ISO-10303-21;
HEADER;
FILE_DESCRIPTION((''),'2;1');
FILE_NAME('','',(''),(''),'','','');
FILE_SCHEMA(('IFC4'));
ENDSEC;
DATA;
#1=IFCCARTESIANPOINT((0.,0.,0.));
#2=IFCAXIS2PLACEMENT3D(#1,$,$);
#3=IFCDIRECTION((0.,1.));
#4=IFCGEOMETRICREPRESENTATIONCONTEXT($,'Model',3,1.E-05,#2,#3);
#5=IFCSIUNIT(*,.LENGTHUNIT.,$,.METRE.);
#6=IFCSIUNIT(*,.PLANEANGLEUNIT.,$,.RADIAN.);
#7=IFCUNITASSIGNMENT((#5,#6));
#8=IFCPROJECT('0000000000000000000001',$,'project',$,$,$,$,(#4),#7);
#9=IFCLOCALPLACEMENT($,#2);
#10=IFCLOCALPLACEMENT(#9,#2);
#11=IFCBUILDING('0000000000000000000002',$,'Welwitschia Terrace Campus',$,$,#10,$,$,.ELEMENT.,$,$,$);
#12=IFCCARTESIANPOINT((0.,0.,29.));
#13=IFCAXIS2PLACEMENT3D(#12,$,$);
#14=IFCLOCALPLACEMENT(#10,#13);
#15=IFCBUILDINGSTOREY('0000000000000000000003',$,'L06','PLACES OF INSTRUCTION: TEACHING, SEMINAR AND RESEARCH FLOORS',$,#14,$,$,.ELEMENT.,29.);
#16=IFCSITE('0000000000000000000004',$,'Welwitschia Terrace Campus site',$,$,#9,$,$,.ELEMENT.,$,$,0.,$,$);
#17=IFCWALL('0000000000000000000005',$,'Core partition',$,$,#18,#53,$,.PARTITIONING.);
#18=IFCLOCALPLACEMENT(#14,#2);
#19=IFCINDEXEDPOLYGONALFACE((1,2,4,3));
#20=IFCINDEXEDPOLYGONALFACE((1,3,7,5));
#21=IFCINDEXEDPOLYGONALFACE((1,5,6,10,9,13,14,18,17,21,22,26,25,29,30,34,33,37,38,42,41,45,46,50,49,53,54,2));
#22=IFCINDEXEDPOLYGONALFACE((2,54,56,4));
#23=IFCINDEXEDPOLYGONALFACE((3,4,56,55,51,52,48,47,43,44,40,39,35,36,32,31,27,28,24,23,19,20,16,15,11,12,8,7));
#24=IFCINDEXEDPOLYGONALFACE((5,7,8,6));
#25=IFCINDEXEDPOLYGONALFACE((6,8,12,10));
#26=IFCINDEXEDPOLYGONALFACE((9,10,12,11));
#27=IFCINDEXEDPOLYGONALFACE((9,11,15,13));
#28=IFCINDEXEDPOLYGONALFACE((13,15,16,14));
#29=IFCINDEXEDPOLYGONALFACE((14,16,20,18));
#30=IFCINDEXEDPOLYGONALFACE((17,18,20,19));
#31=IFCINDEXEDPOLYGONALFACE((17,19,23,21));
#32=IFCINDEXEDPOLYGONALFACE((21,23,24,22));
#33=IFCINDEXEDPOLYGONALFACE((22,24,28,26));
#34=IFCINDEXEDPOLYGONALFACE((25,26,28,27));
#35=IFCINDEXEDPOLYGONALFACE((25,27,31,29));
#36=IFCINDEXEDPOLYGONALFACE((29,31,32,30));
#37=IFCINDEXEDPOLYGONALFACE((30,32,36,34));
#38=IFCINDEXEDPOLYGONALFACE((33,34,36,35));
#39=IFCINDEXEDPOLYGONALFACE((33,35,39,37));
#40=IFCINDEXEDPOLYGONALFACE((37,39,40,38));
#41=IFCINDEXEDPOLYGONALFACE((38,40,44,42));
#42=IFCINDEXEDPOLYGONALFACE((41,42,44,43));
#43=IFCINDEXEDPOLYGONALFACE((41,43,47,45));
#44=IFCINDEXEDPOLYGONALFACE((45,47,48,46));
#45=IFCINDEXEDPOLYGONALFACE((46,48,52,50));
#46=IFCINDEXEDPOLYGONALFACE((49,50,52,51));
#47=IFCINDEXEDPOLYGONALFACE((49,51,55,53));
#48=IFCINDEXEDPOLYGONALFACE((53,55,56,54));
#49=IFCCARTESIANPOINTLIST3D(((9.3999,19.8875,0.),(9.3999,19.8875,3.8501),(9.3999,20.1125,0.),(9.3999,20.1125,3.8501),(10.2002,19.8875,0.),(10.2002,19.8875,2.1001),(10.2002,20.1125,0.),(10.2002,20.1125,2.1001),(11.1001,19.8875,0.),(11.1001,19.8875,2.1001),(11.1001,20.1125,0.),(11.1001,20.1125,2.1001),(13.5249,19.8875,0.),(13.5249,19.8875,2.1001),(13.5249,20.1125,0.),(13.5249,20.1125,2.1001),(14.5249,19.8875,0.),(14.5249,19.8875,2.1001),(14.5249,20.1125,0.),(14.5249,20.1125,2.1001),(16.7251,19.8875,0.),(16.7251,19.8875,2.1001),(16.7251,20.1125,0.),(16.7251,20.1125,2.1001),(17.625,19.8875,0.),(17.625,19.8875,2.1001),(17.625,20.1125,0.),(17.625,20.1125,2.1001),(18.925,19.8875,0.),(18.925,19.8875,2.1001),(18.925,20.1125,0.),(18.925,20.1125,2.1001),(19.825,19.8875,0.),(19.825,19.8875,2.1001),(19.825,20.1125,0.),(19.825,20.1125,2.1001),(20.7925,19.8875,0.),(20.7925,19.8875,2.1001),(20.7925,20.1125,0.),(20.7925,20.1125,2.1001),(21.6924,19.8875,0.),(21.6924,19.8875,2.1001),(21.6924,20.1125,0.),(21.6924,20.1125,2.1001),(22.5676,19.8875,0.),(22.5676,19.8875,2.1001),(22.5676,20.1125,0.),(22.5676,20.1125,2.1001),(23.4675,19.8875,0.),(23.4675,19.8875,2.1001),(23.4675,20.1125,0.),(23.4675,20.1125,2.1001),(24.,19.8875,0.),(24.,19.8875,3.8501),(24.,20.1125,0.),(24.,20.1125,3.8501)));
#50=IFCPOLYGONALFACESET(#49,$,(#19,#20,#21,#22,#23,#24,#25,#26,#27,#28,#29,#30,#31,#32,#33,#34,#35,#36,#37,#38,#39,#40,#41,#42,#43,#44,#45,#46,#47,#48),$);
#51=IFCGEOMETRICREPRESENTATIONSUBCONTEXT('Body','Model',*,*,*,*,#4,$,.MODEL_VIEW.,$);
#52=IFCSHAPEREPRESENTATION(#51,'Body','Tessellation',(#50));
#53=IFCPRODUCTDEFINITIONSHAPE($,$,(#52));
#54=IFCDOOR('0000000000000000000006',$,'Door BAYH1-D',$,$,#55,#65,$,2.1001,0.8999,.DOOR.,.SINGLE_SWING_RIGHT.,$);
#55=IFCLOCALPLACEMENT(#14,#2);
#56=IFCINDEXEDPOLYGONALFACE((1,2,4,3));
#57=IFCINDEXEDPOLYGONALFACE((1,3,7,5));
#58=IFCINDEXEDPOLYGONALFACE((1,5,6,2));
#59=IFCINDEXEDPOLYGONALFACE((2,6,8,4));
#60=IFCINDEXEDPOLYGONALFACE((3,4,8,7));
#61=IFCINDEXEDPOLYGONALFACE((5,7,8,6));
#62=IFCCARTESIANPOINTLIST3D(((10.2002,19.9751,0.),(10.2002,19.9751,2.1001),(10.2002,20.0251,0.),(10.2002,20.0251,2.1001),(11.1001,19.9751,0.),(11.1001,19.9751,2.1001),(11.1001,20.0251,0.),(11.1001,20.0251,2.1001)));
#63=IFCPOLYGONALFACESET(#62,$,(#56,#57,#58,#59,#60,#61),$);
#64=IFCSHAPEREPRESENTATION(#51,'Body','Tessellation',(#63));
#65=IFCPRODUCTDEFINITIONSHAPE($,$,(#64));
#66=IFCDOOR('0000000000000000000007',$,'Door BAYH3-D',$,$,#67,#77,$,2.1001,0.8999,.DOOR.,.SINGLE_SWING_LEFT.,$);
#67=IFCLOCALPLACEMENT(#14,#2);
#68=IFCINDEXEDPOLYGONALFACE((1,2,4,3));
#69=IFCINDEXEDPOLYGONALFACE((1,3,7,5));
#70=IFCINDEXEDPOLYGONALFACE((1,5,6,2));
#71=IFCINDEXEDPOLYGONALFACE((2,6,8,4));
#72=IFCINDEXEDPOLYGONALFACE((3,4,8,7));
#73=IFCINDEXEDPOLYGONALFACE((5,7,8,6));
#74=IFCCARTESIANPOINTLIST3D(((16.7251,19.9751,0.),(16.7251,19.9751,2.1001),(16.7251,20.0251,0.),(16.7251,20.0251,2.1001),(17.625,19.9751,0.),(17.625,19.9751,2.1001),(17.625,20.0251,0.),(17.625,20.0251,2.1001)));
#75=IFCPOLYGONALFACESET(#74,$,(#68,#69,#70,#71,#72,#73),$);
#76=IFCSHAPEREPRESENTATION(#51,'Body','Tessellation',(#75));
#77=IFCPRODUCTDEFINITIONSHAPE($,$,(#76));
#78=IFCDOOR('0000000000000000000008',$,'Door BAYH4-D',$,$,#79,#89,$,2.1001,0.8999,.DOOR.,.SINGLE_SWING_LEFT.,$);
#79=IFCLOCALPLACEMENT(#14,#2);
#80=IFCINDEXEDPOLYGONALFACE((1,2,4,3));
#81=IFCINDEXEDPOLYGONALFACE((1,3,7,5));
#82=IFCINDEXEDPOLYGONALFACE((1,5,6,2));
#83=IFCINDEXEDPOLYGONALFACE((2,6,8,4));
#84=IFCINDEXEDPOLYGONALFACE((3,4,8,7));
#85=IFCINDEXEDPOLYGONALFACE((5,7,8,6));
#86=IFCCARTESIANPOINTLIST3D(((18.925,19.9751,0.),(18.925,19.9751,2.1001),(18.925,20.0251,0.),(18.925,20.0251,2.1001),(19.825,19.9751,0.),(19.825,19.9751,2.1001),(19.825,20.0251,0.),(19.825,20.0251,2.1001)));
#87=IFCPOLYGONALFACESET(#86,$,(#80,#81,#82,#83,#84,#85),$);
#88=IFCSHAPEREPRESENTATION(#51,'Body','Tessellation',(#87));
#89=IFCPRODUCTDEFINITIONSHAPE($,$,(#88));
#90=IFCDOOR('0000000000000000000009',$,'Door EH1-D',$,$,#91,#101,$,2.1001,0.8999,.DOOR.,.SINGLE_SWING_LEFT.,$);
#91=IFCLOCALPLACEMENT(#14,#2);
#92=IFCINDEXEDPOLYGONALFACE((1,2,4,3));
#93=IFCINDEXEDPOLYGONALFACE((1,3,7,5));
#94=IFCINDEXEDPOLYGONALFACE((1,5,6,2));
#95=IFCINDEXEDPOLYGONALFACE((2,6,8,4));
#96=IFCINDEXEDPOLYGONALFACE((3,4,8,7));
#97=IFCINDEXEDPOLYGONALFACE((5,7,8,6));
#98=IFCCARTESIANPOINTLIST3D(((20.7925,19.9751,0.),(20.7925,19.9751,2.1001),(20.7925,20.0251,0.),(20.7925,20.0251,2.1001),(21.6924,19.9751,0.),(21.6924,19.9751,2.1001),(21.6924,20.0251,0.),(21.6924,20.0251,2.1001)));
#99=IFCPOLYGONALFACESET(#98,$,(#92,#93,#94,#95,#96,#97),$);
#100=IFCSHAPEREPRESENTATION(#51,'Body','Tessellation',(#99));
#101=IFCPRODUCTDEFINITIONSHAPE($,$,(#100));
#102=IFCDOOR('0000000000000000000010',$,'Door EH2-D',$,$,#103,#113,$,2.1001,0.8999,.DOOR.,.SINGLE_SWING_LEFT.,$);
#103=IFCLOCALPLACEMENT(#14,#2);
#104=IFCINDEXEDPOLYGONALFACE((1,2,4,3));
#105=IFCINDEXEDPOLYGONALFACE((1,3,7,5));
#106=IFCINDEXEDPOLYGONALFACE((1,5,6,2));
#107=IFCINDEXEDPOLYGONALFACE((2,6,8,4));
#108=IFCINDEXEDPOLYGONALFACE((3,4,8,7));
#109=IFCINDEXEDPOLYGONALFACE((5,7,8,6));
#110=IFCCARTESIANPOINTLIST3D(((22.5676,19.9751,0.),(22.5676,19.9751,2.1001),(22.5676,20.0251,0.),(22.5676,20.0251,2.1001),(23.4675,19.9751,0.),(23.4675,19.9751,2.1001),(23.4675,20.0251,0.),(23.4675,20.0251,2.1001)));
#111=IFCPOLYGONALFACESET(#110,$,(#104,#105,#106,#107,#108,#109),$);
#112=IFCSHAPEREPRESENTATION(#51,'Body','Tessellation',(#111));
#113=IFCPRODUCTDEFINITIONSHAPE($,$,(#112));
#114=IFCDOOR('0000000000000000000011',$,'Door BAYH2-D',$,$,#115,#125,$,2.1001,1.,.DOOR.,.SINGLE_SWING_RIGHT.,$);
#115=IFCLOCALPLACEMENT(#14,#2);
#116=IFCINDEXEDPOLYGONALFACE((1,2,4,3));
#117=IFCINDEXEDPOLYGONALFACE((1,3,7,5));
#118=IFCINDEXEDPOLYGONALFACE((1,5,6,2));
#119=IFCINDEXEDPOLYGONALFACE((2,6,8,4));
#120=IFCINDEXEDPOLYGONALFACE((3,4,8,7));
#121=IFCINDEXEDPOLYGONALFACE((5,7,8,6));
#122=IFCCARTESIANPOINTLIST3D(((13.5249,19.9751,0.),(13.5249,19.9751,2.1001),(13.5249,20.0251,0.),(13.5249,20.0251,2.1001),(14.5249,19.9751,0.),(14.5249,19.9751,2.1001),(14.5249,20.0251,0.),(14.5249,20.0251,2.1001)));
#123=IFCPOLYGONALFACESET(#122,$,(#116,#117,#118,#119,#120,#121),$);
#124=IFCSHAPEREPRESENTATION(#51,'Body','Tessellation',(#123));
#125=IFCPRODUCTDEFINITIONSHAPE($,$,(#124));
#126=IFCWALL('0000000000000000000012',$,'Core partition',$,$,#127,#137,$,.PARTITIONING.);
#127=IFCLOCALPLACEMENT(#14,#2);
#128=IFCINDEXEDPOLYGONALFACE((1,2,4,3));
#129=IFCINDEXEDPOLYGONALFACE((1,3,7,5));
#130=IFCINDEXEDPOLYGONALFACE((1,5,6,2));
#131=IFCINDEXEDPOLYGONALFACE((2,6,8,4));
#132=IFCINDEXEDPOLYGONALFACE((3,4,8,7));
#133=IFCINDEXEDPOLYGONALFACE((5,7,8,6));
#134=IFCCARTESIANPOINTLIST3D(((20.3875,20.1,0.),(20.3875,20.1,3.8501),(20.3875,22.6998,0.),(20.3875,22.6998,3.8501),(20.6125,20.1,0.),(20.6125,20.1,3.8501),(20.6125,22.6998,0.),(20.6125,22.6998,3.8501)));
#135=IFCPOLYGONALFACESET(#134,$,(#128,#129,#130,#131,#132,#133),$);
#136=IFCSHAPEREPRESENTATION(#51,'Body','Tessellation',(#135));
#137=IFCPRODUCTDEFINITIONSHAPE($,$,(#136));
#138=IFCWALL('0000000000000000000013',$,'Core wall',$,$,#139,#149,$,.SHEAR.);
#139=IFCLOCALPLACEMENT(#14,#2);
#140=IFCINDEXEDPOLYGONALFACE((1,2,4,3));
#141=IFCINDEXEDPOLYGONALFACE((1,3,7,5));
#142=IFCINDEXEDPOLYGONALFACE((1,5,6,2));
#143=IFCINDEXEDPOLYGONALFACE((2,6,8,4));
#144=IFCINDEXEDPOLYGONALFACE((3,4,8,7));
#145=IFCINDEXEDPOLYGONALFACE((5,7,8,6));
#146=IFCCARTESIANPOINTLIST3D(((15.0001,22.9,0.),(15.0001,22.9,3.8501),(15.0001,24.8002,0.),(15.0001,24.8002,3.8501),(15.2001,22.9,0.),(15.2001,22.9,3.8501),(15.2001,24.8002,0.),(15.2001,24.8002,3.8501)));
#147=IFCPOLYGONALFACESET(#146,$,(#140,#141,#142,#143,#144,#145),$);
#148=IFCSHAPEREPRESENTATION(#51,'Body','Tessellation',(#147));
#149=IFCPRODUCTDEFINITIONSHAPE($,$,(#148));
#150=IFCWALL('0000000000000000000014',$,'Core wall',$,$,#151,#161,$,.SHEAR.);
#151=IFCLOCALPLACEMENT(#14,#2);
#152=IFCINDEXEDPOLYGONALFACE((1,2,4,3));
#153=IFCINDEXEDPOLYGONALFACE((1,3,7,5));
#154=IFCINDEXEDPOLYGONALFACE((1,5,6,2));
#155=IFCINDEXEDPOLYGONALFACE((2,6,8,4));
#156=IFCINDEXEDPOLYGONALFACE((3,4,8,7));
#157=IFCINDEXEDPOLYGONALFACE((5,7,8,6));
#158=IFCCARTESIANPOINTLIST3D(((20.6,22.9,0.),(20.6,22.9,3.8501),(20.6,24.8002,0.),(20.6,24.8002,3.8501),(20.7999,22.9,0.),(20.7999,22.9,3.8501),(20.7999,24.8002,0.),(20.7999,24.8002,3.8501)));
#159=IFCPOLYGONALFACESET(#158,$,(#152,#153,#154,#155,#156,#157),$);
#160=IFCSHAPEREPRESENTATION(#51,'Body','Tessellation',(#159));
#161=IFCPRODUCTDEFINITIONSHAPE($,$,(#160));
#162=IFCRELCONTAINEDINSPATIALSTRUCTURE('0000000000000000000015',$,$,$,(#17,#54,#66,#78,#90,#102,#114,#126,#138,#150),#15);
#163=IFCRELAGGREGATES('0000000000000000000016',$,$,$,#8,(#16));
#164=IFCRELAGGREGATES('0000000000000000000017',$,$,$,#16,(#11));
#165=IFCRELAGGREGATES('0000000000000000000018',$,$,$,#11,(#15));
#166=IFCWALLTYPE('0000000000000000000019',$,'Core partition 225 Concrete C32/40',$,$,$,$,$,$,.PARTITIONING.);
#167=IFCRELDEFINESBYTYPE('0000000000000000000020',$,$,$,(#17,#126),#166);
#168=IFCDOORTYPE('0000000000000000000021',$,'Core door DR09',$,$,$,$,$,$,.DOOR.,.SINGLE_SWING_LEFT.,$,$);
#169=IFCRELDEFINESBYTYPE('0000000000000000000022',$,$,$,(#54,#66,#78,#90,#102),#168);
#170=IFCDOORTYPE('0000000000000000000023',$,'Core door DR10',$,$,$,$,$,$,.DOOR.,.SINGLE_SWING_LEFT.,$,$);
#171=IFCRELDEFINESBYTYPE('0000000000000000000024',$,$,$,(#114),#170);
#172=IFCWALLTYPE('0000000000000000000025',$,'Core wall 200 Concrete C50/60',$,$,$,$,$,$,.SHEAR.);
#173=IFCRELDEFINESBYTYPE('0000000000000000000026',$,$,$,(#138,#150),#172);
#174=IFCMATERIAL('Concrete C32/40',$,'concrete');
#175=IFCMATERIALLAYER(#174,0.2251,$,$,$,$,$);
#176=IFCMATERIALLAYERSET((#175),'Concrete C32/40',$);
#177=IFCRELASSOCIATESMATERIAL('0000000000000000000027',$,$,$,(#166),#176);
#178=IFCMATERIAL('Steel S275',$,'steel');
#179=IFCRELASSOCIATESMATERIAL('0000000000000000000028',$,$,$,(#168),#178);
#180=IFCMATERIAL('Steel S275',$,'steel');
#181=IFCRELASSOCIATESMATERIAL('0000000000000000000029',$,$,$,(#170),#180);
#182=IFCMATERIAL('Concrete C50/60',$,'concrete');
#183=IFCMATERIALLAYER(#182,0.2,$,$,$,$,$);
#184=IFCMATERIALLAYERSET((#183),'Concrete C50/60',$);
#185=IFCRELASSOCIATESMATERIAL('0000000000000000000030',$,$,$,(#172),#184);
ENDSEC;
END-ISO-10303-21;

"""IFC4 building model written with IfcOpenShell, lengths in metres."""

from ifc_helpers import new_model, si_unit, direction, frame, frame_2d, origin, place, context, subcontext, project, spatial, rectangle, extrude, material, layer, layer_set, type_object, element, fill, save


model = new_model("IFC4")

# Units and contexts
model_context = context("Model", 3, precision=1e-05, world=origin(), true_north=direction((0.0, 1.0)))
body_context = subcontext(model_context, "Body", "Model", "MODEL_VIEW")
ifc_project = project(units=[si_unit("LENGTHUNIT", "METRE"), si_unit("PLANEANGLEUNIT", "RADIAN")], contexts=[model_context])

# Site, building, storey
site_placement = place(None, origin())
site = spatial("IfcSite", under=ifc_project, at=site_placement, Name="Welwitschia Terrace Campus site", CompositionType="ELEMENT", RefElevation=0.0)
building_placement = place(site_placement, origin())
building = spatial("IfcBuilding", under=site, at=building_placement, Name="Welwitschia Terrace Campus", CompositionType="ELEMENT")
storey_placement = place(building_placement, frame((0.0, 0.0, 29.0)))
storey = spatial("IfcBuildingStorey", under=building, at=storey_placement, Name="L06", Description="PLACES OF INSTRUCTION: TEACHING, SEMINAR AND RESEARCH FLOORS", CompositionType="ELEMENT", Elevation=29.0)

# Wall, openings, doors
ifc_material_1 = material(Name="Concrete C32/40", Category="concrete")
ifc_layer_1 = layer(ifc_material_1, 0.2251)
ifc_layer_set_1 = layer_set([ifc_layer_1], Name="Concrete C32/40")
wall_type_1 = type_object("IfcWallType", Name="Core partition 225 Concrete C32/40", PredefinedType="PARTITIONING", material=ifc_layer_set_1)
wall_1_placement = place(storey_placement, frame((24.0, 20.0, 0.0), z_axis=(0.0, 0.0, 1.0), x_axis=(-1.0, 0.0, 0.0)))
wall_1 = element("IfcWall", 1, at=wall_1_placement, inside=storey, type_object=wall_type_1, Name="Core partition", PredefinedType="PARTITIONING", context=body_context, shape_type="SweptSolid", body=[
    extrude(rectangle(XDim=14.6001, YDim=0.2251, at=frame_2d((7.3, 0.0))), origin(), (0.0, 0.0, 1.0), 3.8501),
])
opening_1_placement = place(wall_1_placement, frame((12.8999, 0.0, 0.0)))
opening_1 = element("IfcOpeningElement", 2, at=opening_1_placement, cuts=wall_1, PredefinedType="OPENING", context=body_context, shape_type="SweptSolid", body=[
    extrude(rectangle(XDim=0.8999, YDim=2.1001, at=frame_2d((0.45, 1.05))), frame((0.0, 0.1226, 0.0), z_axis=(0.0, -1.0, 0.0), x_axis=(1.0, 0.0, 0.0)), (0.0, 0.0, 1.0), 0.2451),
])
opening_2_placement = place(wall_1_placement, frame((9.4751, 0.0, 0.0)))
opening_2 = element("IfcOpeningElement", 3, at=opening_2_placement, cuts=wall_1, PredefinedType="OPENING", context=body_context, shape_type="SweptSolid", body=[
    extrude(rectangle(XDim=1.0, YDim=2.1001, at=frame_2d((0.5, 1.05))), frame((0.0, 0.1226, 0.0), z_axis=(0.0, -1.0, 0.0), x_axis=(1.0, 0.0, 0.0)), (0.0, 0.0, 1.0), 0.2451),
])
opening_3_placement = place(wall_1_placement, frame((6.375, 0.0, 0.0)))
opening_3 = element("IfcOpeningElement", 4, at=opening_3_placement, cuts=wall_1, PredefinedType="OPENING", context=body_context, shape_type="SweptSolid", body=[
    extrude(rectangle(XDim=0.8999, YDim=2.1001, at=frame_2d((0.45, 1.05))), frame((0.0, 0.1226, 0.0), z_axis=(0.0, -1.0, 0.0), x_axis=(1.0, 0.0, 0.0)), (0.0, 0.0, 1.0), 0.2451),
])
opening_4_placement = place(wall_1_placement, frame((4.175, 0.0, 0.0)))
opening_4 = element("IfcOpeningElement", 5, at=opening_4_placement, cuts=wall_1, PredefinedType="OPENING", context=body_context, shape_type="SweptSolid", body=[
    extrude(rectangle(XDim=0.8999, YDim=2.1001, at=frame_2d((0.45, 1.05))), frame((0.0, 0.1226, 0.0), z_axis=(0.0, -1.0, 0.0), x_axis=(1.0, 0.0, 0.0)), (0.0, 0.0, 1.0), 0.2451),
])
opening_5_placement = place(wall_1_placement, frame((2.3076, 0.0, 0.0)))
opening_5 = element("IfcOpeningElement", 6, at=opening_5_placement, cuts=wall_1, PredefinedType="OPENING", context=body_context, shape_type="SweptSolid", body=[
    extrude(rectangle(XDim=0.8999, YDim=2.1001, at=frame_2d((0.45, 1.05))), frame((0.0, 0.1226, 0.0), z_axis=(0.0, -1.0, 0.0), x_axis=(1.0, 0.0, 0.0)), (0.0, 0.0, 1.0), 0.2451),
])
opening_6_placement = place(wall_1_placement, frame((0.5325, 0.0, 0.0)))
opening_6 = element("IfcOpeningElement", 7, at=opening_6_placement, cuts=wall_1, PredefinedType="OPENING", context=body_context, shape_type="SweptSolid", body=[
    extrude(rectangle(XDim=0.8999, YDim=2.1001, at=frame_2d((0.45, 1.05))), frame((0.0, 0.1226, 0.0), z_axis=(0.0, -1.0, 0.0), x_axis=(1.0, 0.0, 0.0)), (0.0, 0.0, 1.0), 0.2451),
])
ifc_material_2 = material(Name="Steel S275", Category="steel")
door_type_1 = type_object("IfcDoorType", Name="Core door DR09", OperationType="SINGLE_SWING_LEFT", PredefinedType="DOOR", material=ifc_material_2)
door_1_placement = place(opening_1_placement, origin())
door_1 = element("IfcDoor", 8, at=door_1_placement, inside=storey, type_object=door_type_1, Name="Door BAYH1-D", OperationType="SINGLE_SWING_RIGHT", OverallHeight=2.1001, OverallWidth=0.8999, PredefinedType="DOOR", context=body_context, shape_type="SweptSolid", body=[
    extrude(rectangle(XDim=0.8999, YDim=2.1001, at=frame_2d((0.45, 1.05))), frame((0.0, 0.0249, 0.0), z_axis=(0.0, -1.0, 0.0), x_axis=(1.0, 0.0, 0.0)), (0.0, 0.0, 1.0), 0.05),
])
fill(opening_1, door_1)
door_2_placement = place(opening_3_placement, origin())
door_2 = element("IfcDoor", 9, at=door_2_placement, inside=storey, type_object=door_type_1, Name="Door BAYH3-D", OperationType="SINGLE_SWING_LEFT", OverallHeight=2.1001, OverallWidth=0.8999, PredefinedType="DOOR", context=body_context, shape_type="SweptSolid", body=[
    extrude(rectangle(XDim=0.8999, YDim=2.1001, at=frame_2d((0.45, 1.05))), frame((0.0, 0.0249, 0.0), z_axis=(0.0, -1.0, 0.0), x_axis=(1.0, 0.0, 0.0)), (0.0, 0.0, 1.0), 0.05),
])
fill(opening_3, door_2)
door_3_placement = place(opening_4_placement, origin())
door_3 = element("IfcDoor", 10, at=door_3_placement, inside=storey, type_object=door_type_1, Name="Door BAYH4-D", OperationType="SINGLE_SWING_LEFT", OverallHeight=2.1001, OverallWidth=0.8999, PredefinedType="DOOR", context=body_context, shape_type="SweptSolid", body=[
    extrude(rectangle(XDim=0.8999, YDim=2.1001, at=frame_2d((0.45, 1.05))), frame((0.0, 0.0249, 0.0), z_axis=(0.0, -1.0, 0.0), x_axis=(1.0, 0.0, 0.0)), (0.0, 0.0, 1.0), 0.05),
])
fill(opening_4, door_3)
door_4_placement = place(opening_5_placement, origin())
door_4 = element("IfcDoor", 11, at=door_4_placement, inside=storey, type_object=door_type_1, Name="Door EH1-D", OperationType="SINGLE_SWING_LEFT", OverallHeight=2.1001, OverallWidth=0.8999, PredefinedType="DOOR", context=body_context, shape_type="SweptSolid", body=[
    extrude(rectangle(XDim=0.8999, YDim=2.1001, at=frame_2d((0.45, 1.05))), frame((0.0, 0.0249, 0.0), z_axis=(0.0, -1.0, 0.0), x_axis=(1.0, 0.0, 0.0)), (0.0, 0.0, 1.0), 0.05),
])
fill(opening_5, door_4)
door_5_placement = place(opening_6_placement, origin())
door_5 = element("IfcDoor", 12, at=door_5_placement, inside=storey, type_object=door_type_1, Name="Door EH2-D", OperationType="SINGLE_SWING_LEFT", OverallHeight=2.1001, OverallWidth=0.8999, PredefinedType="DOOR", context=body_context, shape_type="SweptSolid", body=[
    extrude(rectangle(XDim=0.8999, YDim=2.1001, at=frame_2d((0.45, 1.05))), frame((0.0, 0.0249, 0.0), z_axis=(0.0, -1.0, 0.0), x_axis=(1.0, 0.0, 0.0)), (0.0, 0.0, 1.0), 0.05),
])
fill(opening_6, door_5)
ifc_material_3 = material(Name="Steel S275", Category="steel")
door_type_2 = type_object("IfcDoorType", Name="Core door DR10", OperationType="SINGLE_SWING_LEFT", PredefinedType="DOOR", material=ifc_material_3)
door_6_placement = place(opening_2_placement, origin())
door_6 = element("IfcDoor", 13, at=door_6_placement, inside=storey, type_object=door_type_2, Name="Door BAYH2-D", OperationType="SINGLE_SWING_RIGHT", OverallHeight=2.1001, OverallWidth=1.0, PredefinedType="DOOR", context=body_context, shape_type="SweptSolid", body=[
    extrude(rectangle(XDim=1.0, YDim=2.1001, at=frame_2d((0.5, 1.05))), frame((0.0, 0.0249, 0.0), z_axis=(0.0, -1.0, 0.0), x_axis=(1.0, 0.0, 0.0)), (0.0, 0.0, 1.0), 0.05),
])
fill(opening_2, door_6)

# Walls
wall_2_placement = place(storey_placement, frame((20.5, 20.1001, 0.0), z_axis=(0.0, 0.0, 1.0), x_axis=(0.0, 1.0, 0.0)))
element("IfcWall", 14, at=wall_2_placement, inside=storey, type_object=wall_type_1, Name="Core partition", PredefinedType="PARTITIONING", context=body_context, shape_type="SweptSolid", body=[
    extrude(rectangle(XDim=2.5999, YDim=0.2251, at=frame_2d((1.2998, 0.0))), origin(), (0.0, 0.0, 1.0), 3.8501),
])
ifc_material_4 = material(Name="Concrete C50/60", Category="concrete")
ifc_layer_2 = layer(ifc_material_4, 0.2)
ifc_layer_set_2 = layer_set([ifc_layer_2], Name="Concrete C50/60")
wall_type_2 = type_object("IfcWallType", Name="Core wall 200 Concrete C50/60", PredefinedType="SHEAR", material=ifc_layer_set_2)
for number, where, z_axis, x_axis, name in (
    (15, (15.1001, 22.8999, 0.0), (0.0, 0.0, 1.0), (0.0, 1.0, 0.0), "Core wall"),
    (16, (20.7, 22.8999, 0.0), (0.0, 0.0, 1.0), (0.0, 1.0, 0.0), "Core wall"),
):
    element("IfcWall", number, at=place(storey_placement, frame(where, z_axis=z_axis, x_axis=x_axis)), inside=storey, type_object=wall_type_2, Name=name, PredefinedType="SHEAR", context=body_context, shape_type="SweptSolid", body=[
        extrude(rectangle(XDim=1.9001, YDim=0.2, at=frame_2d((0.9502, 0.0))), origin(), (0.0, 0.0, 1.0), 3.8501),
    ])

save(model, "model.ifc")
